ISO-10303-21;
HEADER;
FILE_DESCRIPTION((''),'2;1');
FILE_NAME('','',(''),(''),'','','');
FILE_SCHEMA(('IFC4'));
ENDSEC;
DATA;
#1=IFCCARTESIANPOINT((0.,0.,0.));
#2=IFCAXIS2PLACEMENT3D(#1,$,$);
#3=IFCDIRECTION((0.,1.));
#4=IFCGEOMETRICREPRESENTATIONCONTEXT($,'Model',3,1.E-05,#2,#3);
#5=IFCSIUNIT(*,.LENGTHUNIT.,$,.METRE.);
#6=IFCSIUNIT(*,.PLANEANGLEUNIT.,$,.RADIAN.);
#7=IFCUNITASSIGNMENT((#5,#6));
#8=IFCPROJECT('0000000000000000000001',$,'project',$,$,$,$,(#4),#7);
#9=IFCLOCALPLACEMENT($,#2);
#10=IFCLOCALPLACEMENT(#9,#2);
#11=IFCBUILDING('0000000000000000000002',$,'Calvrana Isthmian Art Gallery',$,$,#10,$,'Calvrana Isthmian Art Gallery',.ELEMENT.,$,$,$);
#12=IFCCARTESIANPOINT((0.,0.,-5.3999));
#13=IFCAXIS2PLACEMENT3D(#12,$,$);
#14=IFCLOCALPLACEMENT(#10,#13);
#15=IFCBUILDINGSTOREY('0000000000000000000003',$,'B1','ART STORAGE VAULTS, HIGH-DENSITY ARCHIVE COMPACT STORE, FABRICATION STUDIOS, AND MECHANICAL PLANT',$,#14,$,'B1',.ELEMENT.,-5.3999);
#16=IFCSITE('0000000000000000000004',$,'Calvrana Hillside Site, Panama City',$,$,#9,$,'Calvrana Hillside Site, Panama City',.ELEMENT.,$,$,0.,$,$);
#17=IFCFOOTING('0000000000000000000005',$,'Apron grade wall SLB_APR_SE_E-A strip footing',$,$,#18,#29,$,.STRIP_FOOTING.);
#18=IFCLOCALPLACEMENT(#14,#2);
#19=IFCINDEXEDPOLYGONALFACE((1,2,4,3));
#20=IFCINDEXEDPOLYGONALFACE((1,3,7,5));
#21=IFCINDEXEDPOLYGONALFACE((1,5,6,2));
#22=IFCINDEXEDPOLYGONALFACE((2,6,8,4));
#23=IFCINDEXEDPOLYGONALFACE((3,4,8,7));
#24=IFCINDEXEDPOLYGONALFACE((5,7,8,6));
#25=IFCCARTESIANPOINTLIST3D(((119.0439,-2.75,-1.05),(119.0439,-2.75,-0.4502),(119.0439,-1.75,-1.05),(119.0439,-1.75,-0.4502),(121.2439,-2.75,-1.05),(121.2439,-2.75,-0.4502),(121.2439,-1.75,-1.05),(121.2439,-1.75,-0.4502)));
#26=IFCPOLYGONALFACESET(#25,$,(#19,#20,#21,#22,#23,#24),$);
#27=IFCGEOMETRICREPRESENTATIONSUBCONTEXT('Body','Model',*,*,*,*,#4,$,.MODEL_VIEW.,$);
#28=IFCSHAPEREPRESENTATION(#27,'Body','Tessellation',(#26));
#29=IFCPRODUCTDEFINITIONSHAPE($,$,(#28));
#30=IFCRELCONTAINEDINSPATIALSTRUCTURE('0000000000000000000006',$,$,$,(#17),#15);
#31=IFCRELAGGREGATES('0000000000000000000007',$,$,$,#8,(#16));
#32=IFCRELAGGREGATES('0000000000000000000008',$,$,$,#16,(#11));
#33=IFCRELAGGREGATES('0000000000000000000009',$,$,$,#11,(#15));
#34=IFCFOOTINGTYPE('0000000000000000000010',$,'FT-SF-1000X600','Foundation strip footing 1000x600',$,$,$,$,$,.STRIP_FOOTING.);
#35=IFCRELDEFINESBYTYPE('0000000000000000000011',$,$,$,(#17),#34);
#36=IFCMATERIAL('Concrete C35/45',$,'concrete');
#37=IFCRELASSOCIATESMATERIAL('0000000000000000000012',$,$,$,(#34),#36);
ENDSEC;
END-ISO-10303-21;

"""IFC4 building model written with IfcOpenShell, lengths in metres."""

from ifc_helpers import new_model, si_unit, direction, frame, origin, place, context, subcontext, project, spatial, polyline, outline, extrude, material, type_object, element, save


model = new_model("IFC4")

# Units and contexts
model_context = context("Model", 3, precision=1e-05, world=origin(), true_north=direction((0.0, 1.0)))
body_context = subcontext(model_context, "Body", "Model", "MODEL_VIEW")
ifc_project = project(units=[si_unit("LENGTHUNIT", "METRE"), si_unit("PLANEANGLEUNIT", "RADIAN")], contexts=[model_context])

# Site, building, storey
site_placement = place(None, origin())
site = spatial("IfcSite", under=ifc_project, at=site_placement, Name="Calvrana Hillside Site, Panama City", LongName="Calvrana Hillside Site, Panama City", CompositionType="ELEMENT", RefElevation=0.0)
building_placement = place(site_placement, origin())
building = spatial("IfcBuilding", under=site, at=building_placement, Name="Calvrana Isthmian Art Gallery", LongName="Calvrana Isthmian Art Gallery", CompositionType="ELEMENT")
storey_placement = place(building_placement, frame((0.0, 0.0, -5.3999)))
storey = spatial("IfcBuildingStorey", under=building, at=storey_placement, Name="B1", Description="ART STORAGE VAULTS, HIGH-DENSITY ARCHIVE COMPACT STORE, FABRICATION STUDIOS, AND MECHANICAL PLANT", LongName="B1", CompositionType="ELEMENT", Elevation=-5.3999)

# Footing
ifc_material = material(Name="Concrete C35/45", Category="concrete")
footing_type_1 = type_object("IfcFootingType", Name="FT-SF-1000X600", Description="Foundation strip footing 1000x600", PredefinedType="STRIP_FOOTING", material=ifc_material)
footing_1_placement = place(storey_placement, frame((0.0, 0.0, -1.05)))
element("IfcFooting", 1, at=footing_1_placement, inside=storey, type_object=footing_type_1, Name="Apron grade wall SLB_APR_SE_E-A strip footing", PredefinedType="STRIP_FOOTING", context=body_context, shape_type="SweptSolid", body=[
    extrude(outline(polyline([(119.0439, -2.75), (121.2439, -2.75), (121.2439, -1.75), (119.0439, -1.75), (119.0439, -2.75)])), origin(), (0.0, 0.0, 1.0), 0.5999),
])

save(model, "model.ifc")
